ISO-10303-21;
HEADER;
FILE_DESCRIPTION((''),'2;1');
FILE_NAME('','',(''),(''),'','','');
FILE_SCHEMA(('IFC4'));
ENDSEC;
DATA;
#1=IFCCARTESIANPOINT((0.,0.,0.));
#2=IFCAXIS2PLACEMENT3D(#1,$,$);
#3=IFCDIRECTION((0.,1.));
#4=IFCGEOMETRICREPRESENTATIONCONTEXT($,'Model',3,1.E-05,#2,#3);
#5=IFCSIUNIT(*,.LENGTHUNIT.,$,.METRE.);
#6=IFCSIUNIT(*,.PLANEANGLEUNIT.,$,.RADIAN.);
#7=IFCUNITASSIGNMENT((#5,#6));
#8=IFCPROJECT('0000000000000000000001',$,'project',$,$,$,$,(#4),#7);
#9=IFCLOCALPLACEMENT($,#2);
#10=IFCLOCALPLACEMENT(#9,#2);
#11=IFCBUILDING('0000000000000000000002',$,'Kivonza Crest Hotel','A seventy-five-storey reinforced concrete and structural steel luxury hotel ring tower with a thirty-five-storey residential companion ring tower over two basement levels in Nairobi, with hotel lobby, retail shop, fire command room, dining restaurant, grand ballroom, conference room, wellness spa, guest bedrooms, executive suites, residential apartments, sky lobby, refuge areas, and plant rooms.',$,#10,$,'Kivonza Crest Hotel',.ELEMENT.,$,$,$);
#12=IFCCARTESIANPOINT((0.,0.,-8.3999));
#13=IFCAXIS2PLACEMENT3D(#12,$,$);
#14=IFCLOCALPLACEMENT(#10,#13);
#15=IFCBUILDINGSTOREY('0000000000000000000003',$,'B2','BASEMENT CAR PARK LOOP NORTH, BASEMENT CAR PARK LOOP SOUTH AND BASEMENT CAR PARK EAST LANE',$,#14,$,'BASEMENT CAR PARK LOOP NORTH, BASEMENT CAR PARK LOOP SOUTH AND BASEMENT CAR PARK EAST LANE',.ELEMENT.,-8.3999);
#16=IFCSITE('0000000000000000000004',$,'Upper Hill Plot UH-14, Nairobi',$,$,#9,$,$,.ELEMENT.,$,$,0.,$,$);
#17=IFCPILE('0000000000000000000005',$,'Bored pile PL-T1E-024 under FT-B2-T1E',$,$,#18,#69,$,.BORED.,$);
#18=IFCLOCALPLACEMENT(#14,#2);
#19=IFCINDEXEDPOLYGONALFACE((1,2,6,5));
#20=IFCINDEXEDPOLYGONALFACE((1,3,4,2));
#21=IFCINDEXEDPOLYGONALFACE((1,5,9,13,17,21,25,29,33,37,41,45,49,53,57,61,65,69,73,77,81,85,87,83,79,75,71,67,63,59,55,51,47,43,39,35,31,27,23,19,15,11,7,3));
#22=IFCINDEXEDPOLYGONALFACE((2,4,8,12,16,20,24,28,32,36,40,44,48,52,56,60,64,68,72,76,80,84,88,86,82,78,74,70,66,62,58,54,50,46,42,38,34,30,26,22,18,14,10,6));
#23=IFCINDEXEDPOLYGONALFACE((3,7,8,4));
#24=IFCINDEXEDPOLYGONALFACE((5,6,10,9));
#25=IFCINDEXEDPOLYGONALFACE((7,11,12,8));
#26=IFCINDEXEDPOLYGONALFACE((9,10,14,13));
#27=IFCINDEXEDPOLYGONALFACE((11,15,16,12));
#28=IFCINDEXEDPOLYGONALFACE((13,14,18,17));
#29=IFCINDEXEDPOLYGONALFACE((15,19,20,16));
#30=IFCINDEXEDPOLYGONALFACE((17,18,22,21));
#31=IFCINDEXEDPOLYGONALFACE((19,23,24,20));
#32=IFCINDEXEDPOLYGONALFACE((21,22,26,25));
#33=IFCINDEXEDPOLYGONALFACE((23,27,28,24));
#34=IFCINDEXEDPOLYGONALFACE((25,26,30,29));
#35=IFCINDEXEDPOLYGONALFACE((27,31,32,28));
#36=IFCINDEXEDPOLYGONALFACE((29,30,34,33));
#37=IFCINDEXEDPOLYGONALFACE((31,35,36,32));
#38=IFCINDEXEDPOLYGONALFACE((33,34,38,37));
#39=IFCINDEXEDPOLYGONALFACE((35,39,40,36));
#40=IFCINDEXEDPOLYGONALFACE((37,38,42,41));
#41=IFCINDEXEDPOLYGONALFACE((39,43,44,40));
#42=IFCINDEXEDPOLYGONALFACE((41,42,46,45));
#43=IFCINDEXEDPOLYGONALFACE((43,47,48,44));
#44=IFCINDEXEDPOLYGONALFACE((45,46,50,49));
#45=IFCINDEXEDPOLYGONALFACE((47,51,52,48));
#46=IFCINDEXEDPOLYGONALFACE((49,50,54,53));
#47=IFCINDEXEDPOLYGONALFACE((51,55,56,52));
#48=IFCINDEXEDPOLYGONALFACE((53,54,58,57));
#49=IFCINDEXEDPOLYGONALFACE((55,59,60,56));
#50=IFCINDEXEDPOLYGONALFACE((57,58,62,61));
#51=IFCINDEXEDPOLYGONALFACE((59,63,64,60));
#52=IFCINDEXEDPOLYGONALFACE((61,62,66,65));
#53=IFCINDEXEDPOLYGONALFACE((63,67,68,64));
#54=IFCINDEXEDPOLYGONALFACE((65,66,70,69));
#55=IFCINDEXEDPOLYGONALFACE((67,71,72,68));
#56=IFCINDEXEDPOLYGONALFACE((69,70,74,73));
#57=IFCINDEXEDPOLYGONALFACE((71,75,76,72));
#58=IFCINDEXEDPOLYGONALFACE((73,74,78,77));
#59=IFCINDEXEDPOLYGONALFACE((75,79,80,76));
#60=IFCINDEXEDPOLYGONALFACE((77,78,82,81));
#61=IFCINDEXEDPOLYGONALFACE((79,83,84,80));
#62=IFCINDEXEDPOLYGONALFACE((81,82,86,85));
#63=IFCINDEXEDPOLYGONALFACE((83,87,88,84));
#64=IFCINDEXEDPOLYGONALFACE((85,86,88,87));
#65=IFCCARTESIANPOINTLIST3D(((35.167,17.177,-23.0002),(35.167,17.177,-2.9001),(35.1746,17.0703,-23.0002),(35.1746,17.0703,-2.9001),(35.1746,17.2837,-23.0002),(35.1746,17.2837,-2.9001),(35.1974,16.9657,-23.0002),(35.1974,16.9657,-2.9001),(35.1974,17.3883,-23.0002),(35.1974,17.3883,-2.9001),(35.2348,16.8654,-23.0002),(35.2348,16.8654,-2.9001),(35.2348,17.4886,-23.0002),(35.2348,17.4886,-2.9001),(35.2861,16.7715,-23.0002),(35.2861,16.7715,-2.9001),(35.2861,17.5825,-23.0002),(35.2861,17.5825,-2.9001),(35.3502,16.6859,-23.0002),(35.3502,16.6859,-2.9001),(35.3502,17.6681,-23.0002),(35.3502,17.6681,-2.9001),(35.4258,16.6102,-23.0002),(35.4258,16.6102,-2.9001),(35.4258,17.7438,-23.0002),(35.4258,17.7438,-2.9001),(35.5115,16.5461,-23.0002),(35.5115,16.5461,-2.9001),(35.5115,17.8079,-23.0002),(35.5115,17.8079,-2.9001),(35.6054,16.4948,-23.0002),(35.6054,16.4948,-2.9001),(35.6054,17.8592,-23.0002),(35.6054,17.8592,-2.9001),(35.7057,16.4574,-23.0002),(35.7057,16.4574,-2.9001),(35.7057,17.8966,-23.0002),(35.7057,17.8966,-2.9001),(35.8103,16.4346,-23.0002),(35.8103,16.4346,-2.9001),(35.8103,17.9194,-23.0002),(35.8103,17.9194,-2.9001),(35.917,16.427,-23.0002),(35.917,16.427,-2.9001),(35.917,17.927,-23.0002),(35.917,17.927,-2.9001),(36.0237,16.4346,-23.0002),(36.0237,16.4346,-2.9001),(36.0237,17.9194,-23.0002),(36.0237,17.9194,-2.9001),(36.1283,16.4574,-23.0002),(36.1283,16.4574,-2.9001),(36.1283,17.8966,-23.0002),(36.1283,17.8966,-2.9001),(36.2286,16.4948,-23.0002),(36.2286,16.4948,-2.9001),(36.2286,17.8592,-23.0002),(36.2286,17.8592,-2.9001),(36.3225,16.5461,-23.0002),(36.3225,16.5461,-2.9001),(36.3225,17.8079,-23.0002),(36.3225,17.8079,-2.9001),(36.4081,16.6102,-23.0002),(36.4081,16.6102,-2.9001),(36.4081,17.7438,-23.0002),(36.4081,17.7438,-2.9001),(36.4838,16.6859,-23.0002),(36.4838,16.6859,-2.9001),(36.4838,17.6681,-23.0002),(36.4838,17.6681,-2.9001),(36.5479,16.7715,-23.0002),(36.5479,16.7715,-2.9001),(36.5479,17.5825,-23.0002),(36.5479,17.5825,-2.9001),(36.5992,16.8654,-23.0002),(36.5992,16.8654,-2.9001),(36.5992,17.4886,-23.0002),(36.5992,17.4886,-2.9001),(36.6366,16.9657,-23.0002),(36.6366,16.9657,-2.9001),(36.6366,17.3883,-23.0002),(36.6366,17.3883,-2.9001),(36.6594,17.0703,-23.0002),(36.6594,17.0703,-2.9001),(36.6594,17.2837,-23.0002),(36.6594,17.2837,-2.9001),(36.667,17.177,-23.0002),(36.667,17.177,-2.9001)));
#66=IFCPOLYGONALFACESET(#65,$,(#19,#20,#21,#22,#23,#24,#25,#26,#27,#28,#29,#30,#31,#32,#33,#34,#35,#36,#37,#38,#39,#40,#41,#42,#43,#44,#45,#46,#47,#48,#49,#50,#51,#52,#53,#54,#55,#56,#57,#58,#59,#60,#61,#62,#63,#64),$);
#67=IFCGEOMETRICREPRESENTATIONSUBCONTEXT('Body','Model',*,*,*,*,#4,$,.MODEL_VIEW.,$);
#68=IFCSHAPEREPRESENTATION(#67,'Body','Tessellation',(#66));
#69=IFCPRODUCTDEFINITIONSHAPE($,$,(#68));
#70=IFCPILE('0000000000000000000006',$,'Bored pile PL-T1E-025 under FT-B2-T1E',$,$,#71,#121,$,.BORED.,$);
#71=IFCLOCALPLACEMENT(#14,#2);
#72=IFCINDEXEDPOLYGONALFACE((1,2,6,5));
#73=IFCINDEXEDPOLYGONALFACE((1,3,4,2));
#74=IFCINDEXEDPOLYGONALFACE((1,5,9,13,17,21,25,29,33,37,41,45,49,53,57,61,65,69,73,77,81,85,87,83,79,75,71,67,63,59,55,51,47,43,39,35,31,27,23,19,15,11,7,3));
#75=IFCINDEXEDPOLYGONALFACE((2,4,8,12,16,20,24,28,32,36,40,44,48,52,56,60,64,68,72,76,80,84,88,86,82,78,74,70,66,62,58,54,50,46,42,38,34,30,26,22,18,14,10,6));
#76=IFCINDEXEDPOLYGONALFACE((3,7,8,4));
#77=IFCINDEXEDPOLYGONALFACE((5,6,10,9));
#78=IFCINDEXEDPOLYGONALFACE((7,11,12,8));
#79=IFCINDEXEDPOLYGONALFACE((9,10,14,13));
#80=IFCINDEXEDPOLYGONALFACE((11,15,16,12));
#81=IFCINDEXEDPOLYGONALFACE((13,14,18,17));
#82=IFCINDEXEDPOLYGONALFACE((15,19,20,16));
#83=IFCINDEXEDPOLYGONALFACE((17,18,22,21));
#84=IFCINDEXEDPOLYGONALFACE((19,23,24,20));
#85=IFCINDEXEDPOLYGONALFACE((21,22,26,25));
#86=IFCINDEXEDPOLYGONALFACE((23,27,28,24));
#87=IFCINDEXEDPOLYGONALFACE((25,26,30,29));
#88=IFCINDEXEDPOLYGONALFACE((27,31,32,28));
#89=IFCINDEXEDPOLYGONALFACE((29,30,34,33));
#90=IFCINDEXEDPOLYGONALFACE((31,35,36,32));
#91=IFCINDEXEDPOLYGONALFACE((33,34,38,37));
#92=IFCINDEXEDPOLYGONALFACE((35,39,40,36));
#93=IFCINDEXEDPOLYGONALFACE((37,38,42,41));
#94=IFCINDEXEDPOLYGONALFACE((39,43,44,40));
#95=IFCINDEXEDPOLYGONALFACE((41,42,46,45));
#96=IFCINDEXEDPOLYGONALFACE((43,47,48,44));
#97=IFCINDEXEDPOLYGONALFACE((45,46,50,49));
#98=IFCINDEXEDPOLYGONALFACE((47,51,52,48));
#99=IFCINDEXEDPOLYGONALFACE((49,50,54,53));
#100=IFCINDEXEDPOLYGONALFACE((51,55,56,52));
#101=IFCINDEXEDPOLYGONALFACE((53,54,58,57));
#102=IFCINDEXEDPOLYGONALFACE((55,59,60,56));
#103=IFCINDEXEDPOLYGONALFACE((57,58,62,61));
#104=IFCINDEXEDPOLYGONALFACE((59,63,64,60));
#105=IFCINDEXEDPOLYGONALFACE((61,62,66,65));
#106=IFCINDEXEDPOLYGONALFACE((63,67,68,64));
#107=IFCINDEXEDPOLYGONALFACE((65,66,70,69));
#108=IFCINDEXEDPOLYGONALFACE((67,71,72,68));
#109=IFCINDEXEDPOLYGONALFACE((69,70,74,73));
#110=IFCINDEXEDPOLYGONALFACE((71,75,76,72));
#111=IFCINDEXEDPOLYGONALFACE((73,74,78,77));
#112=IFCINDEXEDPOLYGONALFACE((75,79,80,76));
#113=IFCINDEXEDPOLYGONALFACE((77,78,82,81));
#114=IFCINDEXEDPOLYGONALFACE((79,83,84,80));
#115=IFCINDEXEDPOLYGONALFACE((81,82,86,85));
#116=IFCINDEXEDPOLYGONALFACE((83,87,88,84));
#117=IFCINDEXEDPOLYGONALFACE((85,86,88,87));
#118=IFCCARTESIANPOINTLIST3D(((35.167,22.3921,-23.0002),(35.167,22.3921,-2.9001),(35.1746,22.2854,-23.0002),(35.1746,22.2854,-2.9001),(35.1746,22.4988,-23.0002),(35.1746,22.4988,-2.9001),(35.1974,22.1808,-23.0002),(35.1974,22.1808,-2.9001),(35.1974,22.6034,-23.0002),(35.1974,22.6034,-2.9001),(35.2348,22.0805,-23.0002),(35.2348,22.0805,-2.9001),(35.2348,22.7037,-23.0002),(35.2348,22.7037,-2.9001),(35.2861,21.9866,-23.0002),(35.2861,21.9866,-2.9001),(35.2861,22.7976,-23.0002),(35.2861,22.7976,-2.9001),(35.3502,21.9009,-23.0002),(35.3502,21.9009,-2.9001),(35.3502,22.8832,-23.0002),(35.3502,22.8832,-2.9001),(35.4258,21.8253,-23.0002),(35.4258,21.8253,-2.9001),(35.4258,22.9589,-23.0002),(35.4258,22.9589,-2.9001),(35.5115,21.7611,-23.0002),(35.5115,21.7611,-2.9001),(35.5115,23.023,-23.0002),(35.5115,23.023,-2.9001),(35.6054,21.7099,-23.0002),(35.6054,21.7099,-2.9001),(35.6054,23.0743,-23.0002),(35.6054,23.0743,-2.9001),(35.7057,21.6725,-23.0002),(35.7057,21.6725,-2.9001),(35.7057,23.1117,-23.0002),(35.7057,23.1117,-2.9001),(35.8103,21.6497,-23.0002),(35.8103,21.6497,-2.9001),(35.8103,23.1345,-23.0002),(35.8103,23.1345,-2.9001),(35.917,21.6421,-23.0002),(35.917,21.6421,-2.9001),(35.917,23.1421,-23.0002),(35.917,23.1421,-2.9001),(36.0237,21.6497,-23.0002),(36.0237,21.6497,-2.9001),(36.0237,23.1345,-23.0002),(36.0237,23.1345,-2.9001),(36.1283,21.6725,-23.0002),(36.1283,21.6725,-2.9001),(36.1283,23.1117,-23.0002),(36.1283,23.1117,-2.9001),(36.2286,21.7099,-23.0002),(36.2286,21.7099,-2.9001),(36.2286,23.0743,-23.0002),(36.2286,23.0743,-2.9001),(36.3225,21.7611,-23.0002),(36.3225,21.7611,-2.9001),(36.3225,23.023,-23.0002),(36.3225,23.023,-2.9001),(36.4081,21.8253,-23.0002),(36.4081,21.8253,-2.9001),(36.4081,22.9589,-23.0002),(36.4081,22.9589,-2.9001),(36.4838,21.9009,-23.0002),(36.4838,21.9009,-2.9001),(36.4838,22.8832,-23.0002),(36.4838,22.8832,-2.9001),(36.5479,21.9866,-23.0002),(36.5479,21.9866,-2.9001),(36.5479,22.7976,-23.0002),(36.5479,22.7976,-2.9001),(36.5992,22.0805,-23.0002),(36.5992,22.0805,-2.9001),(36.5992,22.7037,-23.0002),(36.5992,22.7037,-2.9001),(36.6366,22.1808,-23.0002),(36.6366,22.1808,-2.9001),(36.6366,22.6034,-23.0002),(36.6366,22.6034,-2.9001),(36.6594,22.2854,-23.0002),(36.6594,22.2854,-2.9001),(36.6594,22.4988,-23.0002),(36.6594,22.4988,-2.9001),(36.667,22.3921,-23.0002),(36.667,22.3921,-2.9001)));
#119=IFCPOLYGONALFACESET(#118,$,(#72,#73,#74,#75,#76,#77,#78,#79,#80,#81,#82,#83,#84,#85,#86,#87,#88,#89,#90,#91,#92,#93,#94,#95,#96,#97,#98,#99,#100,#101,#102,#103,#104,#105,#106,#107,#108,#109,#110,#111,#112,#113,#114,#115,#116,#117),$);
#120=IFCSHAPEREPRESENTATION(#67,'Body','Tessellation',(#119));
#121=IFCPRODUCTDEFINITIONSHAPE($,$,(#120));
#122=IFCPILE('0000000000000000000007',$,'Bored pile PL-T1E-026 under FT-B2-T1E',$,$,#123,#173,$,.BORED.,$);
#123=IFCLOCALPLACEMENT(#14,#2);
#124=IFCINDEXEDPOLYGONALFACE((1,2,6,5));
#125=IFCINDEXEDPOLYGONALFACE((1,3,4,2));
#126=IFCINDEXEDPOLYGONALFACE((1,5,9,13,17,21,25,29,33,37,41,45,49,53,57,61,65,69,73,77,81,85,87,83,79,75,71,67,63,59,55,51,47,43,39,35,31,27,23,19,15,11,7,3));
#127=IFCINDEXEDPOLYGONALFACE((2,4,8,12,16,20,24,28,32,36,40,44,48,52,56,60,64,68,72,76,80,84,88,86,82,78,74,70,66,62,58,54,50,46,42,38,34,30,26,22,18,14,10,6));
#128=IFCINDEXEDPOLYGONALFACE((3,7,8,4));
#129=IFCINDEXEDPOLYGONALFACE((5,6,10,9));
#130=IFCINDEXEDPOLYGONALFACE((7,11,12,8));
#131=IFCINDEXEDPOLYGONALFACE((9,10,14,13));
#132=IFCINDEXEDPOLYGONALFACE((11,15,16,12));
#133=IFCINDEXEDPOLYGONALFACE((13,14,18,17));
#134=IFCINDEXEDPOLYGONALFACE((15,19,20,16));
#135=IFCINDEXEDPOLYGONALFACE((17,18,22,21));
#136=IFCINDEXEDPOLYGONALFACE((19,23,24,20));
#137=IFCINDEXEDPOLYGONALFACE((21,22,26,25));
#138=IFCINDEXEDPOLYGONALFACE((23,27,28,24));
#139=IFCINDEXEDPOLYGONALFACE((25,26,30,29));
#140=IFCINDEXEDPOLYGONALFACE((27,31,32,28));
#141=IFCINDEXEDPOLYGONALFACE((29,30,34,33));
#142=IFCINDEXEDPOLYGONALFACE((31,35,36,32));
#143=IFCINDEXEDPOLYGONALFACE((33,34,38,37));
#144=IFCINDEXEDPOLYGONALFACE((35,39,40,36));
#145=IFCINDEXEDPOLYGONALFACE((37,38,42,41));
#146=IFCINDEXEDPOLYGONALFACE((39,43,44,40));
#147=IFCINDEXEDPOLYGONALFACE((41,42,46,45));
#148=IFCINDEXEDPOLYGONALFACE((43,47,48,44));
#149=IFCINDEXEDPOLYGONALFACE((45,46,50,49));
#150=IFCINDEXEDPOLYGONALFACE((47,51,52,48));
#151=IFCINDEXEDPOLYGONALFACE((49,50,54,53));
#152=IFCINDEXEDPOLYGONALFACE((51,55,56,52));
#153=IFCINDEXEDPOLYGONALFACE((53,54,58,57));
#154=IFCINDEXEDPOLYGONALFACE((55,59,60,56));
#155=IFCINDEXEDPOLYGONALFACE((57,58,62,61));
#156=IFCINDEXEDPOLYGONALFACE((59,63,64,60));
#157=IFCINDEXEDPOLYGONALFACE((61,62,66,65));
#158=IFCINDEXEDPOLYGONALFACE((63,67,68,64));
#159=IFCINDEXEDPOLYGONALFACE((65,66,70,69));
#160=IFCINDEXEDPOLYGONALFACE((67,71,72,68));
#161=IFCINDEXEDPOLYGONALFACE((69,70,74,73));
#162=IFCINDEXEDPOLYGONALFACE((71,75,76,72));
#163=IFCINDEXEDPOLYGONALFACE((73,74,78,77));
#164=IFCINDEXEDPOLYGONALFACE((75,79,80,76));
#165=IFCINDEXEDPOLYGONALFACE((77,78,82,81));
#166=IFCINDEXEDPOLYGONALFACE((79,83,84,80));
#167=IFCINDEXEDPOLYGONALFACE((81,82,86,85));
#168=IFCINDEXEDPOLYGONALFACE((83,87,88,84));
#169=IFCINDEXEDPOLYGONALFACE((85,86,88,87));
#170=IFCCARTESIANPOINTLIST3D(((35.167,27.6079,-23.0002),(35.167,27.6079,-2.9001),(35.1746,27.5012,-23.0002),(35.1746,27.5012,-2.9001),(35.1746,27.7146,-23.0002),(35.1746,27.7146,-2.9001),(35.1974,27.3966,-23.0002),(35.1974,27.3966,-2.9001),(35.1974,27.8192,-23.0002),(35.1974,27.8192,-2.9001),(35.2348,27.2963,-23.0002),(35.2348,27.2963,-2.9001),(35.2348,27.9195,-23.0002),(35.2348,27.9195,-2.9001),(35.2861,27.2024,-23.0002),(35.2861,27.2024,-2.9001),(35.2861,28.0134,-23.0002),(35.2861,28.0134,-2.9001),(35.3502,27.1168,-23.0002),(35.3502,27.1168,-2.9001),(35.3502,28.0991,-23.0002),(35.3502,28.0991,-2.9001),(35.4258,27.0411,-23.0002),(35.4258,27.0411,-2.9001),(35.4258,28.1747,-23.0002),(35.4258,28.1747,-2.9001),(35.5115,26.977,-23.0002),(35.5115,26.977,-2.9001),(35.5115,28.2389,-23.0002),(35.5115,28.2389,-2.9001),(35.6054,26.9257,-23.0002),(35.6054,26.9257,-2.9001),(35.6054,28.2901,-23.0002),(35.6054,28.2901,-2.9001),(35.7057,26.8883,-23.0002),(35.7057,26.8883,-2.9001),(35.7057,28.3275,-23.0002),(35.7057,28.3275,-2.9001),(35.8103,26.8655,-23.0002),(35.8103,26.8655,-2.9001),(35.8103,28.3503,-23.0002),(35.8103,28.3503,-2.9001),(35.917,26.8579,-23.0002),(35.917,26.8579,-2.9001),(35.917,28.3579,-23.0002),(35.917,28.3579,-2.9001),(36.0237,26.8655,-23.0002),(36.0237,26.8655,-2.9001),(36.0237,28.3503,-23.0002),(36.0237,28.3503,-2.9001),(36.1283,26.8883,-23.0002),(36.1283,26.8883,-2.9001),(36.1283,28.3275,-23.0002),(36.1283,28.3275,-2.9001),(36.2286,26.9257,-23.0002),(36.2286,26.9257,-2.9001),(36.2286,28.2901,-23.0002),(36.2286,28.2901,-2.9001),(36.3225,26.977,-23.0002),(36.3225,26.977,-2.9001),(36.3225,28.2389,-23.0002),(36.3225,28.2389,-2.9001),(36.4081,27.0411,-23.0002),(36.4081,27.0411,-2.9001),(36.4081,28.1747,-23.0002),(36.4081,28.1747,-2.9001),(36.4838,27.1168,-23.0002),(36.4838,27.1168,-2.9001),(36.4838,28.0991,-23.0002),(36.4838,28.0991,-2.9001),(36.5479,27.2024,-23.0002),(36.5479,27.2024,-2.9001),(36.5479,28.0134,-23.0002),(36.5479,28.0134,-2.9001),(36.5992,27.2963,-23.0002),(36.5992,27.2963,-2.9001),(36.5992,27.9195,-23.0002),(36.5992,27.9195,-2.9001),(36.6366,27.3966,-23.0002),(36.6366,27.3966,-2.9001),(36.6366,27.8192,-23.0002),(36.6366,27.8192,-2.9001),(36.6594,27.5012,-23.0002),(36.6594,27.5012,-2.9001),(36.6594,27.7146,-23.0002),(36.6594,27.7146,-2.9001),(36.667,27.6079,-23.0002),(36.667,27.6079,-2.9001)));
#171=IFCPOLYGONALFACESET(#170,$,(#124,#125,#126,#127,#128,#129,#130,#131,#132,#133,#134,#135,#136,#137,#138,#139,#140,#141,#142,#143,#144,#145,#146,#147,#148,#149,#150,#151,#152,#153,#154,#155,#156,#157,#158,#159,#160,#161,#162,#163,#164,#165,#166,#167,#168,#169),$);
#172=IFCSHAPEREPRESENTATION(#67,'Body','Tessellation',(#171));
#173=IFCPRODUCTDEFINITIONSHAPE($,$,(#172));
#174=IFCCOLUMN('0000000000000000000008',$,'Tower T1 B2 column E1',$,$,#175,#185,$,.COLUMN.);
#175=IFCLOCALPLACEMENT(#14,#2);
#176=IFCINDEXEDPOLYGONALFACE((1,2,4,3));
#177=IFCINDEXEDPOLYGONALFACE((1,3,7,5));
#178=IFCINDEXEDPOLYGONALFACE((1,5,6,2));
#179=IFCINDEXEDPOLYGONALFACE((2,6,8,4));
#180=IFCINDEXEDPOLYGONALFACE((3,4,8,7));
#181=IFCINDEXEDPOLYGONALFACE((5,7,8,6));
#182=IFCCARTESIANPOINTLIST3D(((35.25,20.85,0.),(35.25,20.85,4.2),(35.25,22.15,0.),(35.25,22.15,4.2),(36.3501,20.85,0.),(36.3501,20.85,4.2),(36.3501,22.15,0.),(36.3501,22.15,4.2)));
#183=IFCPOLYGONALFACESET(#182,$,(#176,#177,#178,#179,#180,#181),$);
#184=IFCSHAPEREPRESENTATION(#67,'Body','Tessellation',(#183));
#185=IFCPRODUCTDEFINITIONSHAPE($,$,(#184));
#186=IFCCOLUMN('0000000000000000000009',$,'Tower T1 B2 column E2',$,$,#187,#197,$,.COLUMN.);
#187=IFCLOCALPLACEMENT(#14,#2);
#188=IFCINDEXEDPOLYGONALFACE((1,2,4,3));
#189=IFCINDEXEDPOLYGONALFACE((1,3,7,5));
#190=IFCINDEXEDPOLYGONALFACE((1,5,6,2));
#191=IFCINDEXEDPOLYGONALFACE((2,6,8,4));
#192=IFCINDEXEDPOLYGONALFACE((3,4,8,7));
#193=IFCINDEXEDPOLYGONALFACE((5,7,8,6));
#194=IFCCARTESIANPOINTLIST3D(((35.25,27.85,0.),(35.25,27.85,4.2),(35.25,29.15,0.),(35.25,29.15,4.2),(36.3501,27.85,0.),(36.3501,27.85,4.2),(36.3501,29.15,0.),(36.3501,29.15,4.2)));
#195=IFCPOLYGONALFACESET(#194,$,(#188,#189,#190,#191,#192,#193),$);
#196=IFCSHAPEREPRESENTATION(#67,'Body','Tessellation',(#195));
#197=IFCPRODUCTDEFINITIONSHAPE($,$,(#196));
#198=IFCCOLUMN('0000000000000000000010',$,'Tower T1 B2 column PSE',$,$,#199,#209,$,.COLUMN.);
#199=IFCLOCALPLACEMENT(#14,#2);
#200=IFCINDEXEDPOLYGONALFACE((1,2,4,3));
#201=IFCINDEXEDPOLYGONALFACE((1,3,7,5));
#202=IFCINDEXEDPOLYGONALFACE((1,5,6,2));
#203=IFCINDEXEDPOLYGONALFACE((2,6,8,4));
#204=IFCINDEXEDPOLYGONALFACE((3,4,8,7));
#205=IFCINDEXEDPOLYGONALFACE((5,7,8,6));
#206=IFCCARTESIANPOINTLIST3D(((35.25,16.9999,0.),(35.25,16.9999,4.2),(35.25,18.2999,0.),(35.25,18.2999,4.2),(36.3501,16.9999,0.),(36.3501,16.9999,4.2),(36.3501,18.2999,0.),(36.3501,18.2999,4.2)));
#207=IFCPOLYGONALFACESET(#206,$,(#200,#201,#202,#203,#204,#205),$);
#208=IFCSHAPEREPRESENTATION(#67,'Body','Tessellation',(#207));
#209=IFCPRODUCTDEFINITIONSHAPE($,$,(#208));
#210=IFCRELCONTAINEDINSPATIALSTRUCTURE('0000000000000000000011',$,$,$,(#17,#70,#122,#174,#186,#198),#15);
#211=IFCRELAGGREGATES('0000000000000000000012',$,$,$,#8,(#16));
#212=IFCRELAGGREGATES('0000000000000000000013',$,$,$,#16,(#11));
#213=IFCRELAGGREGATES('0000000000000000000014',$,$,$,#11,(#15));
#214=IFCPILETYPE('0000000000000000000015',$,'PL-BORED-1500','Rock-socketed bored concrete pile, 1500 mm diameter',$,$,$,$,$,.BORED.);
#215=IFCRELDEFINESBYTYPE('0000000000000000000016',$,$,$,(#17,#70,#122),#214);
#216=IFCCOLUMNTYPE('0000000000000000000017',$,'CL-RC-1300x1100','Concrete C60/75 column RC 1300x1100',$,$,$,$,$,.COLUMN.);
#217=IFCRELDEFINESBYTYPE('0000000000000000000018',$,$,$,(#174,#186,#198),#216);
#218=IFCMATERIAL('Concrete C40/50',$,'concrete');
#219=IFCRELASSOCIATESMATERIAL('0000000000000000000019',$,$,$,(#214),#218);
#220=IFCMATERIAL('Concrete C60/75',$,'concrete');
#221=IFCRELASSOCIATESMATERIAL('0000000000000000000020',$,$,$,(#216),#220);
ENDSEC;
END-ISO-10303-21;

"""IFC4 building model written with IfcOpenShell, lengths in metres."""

from ifc_helpers import new_model, si_unit, direction, frame, origin, origin_2d, place, context, subcontext, project, spatial, rectangle, circle, extrude, material, material_profile, profile_set, type_object, element, save


model = new_model("IFC4")

# Units and contexts
model_context = context("Model", 3, precision=1e-05, world=origin(), true_north=direction((0.0, 1.0)))
body_context = subcontext(model_context, "Body", "Model", "MODEL_VIEW")
ifc_project = project(units=[si_unit("LENGTHUNIT", "METRE"), si_unit("PLANEANGLEUNIT", "RADIAN")], contexts=[model_context])

# Site, building, storey
site_placement = place(None, origin())
site = spatial("IfcSite", under=ifc_project, at=site_placement, Name="Upper Hill Plot UH-14, Nairobi", CompositionType="ELEMENT", RefElevation=0.0)
building_placement = place(site_placement, origin())
building = spatial("IfcBuilding", under=site, at=building_placement, Name="Kivonza Crest Hotel", Description="A seventy-five-storey reinforced concrete and structural steel luxury hotel ring tower with a thirty-five-storey residential companion ring tower over two basement levels in Nairobi, with hotel lobby, retail shop, fire command room, dining restaurant, grand ballroom, conference room, wellness spa, guest bedrooms, executive suites, residential apartments, sky lobby, refuge areas, and plant rooms.", LongName="Kivonza Crest Hotel", CompositionType="ELEMENT")
storey_placement = place(building_placement, frame((0.0, 0.0, -8.3999)))
storey = spatial("IfcBuildingStorey", under=building, at=storey_placement, Name="B2", Description="BASEMENT CAR PARK LOOP NORTH, BASEMENT CAR PARK LOOP SOUTH AND BASEMENT CAR PARK EAST LANE", LongName="BASEMENT CAR PARK LOOP NORTH, BASEMENT CAR PARK LOOP SOUTH AND BASEMENT CAR PARK EAST LANE", CompositionType="ELEMENT", Elevation=-8.3999)

# Piles
ifc_material_1 = material(Name="Concrete C40/50", Category="concrete")
ifc_material_profile_1 = material_profile(ifc_material_1, circle(Radius=0.75, at=origin_2d()), Name="PILE D1500")
ifc_profile_set_1 = profile_set([ifc_material_profile_1], Name="Concrete C40/50")
pile_type = type_object("IfcPileType", Name="PL-BORED-1500", Description="Rock-socketed bored concrete pile, 1500 mm diameter", PredefinedType="BORED", material=ifc_profile_set_1)
for number, where, z_axis, x_axis, name in (
    (1, (35.917, 17.177, -2.9001), (0.0, 0.0, -1.0), (1.0, 0.0, 0.0), "Bored pile PL-T1E-024 under FT-B2-T1E"),
    (2, (35.917, 22.3921, -2.9001), (0.0, 0.0, -1.0), (1.0, 0.0, 0.0), "Bored pile PL-T1E-025 under FT-B2-T1E"),
    (3, (35.917, 27.6079, -2.9001), (0.0, 0.0, -1.0), (1.0, 0.0, 0.0), "Bored pile PL-T1E-026 under FT-B2-T1E"),
):
    element("IfcPile", number, at=place(storey_placement, frame(where, z_axis=z_axis, x_axis=x_axis)), inside=storey, type_object=pile_type, Name=name, PredefinedType="BORED", context=body_context, shape_type="SweptSolid", body=[
        extrude(circle(Radius=0.75, at=origin_2d()), origin(), (0.0, 0.0, 1.0), 20.1001),
    ])

# Columns
ifc_material_2 = material(Name="Concrete C60/75", Category="concrete")
ifc_material_profile_2 = material_profile(ifc_material_2, rectangle(XDim=1.1001, YDim=1.3, at=origin_2d()), Name="RC 1300x1100")
ifc_profile_set_2 = profile_set([ifc_material_profile_2], Name="Concrete C60/75")
column_type = type_object("IfcColumnType", Name="CL-RC-1300x1100", Description="Concrete C60/75 column RC 1300x1100", PredefinedType="COLUMN", material=ifc_profile_set_2)
for number, where, z_axis, x_axis, name in (
    (4, (35.8, 21.5, 0.0), (0.0, 0.0, 1.0), (1.0, 0.0, 0.0), "Tower T1 B2 column E1"),
    (5, (35.8, 28.5, 0.0), (0.0, 0.0, 1.0), (1.0, 0.0, 0.0), "Tower T1 B2 column E2"),
    (6, (35.8, 17.6499, 0.0), (0.0, 0.0, 1.0), (1.0, 0.0, 0.0), "Tower T1 B2 column PSE"),
):
    element("IfcColumn", number, at=place(storey_placement, frame(where, z_axis=z_axis, x_axis=x_axis)), inside=storey, type_object=column_type, Name=name, PredefinedType="COLUMN", context=body_context, shape_type="SweptSolid", body=[
        extrude(rectangle(XDim=1.1001, YDim=1.3, at=origin_2d()), origin(), (0.0, 0.0, 1.0), 4.2),
    ])

save(model, "model.ifc")
